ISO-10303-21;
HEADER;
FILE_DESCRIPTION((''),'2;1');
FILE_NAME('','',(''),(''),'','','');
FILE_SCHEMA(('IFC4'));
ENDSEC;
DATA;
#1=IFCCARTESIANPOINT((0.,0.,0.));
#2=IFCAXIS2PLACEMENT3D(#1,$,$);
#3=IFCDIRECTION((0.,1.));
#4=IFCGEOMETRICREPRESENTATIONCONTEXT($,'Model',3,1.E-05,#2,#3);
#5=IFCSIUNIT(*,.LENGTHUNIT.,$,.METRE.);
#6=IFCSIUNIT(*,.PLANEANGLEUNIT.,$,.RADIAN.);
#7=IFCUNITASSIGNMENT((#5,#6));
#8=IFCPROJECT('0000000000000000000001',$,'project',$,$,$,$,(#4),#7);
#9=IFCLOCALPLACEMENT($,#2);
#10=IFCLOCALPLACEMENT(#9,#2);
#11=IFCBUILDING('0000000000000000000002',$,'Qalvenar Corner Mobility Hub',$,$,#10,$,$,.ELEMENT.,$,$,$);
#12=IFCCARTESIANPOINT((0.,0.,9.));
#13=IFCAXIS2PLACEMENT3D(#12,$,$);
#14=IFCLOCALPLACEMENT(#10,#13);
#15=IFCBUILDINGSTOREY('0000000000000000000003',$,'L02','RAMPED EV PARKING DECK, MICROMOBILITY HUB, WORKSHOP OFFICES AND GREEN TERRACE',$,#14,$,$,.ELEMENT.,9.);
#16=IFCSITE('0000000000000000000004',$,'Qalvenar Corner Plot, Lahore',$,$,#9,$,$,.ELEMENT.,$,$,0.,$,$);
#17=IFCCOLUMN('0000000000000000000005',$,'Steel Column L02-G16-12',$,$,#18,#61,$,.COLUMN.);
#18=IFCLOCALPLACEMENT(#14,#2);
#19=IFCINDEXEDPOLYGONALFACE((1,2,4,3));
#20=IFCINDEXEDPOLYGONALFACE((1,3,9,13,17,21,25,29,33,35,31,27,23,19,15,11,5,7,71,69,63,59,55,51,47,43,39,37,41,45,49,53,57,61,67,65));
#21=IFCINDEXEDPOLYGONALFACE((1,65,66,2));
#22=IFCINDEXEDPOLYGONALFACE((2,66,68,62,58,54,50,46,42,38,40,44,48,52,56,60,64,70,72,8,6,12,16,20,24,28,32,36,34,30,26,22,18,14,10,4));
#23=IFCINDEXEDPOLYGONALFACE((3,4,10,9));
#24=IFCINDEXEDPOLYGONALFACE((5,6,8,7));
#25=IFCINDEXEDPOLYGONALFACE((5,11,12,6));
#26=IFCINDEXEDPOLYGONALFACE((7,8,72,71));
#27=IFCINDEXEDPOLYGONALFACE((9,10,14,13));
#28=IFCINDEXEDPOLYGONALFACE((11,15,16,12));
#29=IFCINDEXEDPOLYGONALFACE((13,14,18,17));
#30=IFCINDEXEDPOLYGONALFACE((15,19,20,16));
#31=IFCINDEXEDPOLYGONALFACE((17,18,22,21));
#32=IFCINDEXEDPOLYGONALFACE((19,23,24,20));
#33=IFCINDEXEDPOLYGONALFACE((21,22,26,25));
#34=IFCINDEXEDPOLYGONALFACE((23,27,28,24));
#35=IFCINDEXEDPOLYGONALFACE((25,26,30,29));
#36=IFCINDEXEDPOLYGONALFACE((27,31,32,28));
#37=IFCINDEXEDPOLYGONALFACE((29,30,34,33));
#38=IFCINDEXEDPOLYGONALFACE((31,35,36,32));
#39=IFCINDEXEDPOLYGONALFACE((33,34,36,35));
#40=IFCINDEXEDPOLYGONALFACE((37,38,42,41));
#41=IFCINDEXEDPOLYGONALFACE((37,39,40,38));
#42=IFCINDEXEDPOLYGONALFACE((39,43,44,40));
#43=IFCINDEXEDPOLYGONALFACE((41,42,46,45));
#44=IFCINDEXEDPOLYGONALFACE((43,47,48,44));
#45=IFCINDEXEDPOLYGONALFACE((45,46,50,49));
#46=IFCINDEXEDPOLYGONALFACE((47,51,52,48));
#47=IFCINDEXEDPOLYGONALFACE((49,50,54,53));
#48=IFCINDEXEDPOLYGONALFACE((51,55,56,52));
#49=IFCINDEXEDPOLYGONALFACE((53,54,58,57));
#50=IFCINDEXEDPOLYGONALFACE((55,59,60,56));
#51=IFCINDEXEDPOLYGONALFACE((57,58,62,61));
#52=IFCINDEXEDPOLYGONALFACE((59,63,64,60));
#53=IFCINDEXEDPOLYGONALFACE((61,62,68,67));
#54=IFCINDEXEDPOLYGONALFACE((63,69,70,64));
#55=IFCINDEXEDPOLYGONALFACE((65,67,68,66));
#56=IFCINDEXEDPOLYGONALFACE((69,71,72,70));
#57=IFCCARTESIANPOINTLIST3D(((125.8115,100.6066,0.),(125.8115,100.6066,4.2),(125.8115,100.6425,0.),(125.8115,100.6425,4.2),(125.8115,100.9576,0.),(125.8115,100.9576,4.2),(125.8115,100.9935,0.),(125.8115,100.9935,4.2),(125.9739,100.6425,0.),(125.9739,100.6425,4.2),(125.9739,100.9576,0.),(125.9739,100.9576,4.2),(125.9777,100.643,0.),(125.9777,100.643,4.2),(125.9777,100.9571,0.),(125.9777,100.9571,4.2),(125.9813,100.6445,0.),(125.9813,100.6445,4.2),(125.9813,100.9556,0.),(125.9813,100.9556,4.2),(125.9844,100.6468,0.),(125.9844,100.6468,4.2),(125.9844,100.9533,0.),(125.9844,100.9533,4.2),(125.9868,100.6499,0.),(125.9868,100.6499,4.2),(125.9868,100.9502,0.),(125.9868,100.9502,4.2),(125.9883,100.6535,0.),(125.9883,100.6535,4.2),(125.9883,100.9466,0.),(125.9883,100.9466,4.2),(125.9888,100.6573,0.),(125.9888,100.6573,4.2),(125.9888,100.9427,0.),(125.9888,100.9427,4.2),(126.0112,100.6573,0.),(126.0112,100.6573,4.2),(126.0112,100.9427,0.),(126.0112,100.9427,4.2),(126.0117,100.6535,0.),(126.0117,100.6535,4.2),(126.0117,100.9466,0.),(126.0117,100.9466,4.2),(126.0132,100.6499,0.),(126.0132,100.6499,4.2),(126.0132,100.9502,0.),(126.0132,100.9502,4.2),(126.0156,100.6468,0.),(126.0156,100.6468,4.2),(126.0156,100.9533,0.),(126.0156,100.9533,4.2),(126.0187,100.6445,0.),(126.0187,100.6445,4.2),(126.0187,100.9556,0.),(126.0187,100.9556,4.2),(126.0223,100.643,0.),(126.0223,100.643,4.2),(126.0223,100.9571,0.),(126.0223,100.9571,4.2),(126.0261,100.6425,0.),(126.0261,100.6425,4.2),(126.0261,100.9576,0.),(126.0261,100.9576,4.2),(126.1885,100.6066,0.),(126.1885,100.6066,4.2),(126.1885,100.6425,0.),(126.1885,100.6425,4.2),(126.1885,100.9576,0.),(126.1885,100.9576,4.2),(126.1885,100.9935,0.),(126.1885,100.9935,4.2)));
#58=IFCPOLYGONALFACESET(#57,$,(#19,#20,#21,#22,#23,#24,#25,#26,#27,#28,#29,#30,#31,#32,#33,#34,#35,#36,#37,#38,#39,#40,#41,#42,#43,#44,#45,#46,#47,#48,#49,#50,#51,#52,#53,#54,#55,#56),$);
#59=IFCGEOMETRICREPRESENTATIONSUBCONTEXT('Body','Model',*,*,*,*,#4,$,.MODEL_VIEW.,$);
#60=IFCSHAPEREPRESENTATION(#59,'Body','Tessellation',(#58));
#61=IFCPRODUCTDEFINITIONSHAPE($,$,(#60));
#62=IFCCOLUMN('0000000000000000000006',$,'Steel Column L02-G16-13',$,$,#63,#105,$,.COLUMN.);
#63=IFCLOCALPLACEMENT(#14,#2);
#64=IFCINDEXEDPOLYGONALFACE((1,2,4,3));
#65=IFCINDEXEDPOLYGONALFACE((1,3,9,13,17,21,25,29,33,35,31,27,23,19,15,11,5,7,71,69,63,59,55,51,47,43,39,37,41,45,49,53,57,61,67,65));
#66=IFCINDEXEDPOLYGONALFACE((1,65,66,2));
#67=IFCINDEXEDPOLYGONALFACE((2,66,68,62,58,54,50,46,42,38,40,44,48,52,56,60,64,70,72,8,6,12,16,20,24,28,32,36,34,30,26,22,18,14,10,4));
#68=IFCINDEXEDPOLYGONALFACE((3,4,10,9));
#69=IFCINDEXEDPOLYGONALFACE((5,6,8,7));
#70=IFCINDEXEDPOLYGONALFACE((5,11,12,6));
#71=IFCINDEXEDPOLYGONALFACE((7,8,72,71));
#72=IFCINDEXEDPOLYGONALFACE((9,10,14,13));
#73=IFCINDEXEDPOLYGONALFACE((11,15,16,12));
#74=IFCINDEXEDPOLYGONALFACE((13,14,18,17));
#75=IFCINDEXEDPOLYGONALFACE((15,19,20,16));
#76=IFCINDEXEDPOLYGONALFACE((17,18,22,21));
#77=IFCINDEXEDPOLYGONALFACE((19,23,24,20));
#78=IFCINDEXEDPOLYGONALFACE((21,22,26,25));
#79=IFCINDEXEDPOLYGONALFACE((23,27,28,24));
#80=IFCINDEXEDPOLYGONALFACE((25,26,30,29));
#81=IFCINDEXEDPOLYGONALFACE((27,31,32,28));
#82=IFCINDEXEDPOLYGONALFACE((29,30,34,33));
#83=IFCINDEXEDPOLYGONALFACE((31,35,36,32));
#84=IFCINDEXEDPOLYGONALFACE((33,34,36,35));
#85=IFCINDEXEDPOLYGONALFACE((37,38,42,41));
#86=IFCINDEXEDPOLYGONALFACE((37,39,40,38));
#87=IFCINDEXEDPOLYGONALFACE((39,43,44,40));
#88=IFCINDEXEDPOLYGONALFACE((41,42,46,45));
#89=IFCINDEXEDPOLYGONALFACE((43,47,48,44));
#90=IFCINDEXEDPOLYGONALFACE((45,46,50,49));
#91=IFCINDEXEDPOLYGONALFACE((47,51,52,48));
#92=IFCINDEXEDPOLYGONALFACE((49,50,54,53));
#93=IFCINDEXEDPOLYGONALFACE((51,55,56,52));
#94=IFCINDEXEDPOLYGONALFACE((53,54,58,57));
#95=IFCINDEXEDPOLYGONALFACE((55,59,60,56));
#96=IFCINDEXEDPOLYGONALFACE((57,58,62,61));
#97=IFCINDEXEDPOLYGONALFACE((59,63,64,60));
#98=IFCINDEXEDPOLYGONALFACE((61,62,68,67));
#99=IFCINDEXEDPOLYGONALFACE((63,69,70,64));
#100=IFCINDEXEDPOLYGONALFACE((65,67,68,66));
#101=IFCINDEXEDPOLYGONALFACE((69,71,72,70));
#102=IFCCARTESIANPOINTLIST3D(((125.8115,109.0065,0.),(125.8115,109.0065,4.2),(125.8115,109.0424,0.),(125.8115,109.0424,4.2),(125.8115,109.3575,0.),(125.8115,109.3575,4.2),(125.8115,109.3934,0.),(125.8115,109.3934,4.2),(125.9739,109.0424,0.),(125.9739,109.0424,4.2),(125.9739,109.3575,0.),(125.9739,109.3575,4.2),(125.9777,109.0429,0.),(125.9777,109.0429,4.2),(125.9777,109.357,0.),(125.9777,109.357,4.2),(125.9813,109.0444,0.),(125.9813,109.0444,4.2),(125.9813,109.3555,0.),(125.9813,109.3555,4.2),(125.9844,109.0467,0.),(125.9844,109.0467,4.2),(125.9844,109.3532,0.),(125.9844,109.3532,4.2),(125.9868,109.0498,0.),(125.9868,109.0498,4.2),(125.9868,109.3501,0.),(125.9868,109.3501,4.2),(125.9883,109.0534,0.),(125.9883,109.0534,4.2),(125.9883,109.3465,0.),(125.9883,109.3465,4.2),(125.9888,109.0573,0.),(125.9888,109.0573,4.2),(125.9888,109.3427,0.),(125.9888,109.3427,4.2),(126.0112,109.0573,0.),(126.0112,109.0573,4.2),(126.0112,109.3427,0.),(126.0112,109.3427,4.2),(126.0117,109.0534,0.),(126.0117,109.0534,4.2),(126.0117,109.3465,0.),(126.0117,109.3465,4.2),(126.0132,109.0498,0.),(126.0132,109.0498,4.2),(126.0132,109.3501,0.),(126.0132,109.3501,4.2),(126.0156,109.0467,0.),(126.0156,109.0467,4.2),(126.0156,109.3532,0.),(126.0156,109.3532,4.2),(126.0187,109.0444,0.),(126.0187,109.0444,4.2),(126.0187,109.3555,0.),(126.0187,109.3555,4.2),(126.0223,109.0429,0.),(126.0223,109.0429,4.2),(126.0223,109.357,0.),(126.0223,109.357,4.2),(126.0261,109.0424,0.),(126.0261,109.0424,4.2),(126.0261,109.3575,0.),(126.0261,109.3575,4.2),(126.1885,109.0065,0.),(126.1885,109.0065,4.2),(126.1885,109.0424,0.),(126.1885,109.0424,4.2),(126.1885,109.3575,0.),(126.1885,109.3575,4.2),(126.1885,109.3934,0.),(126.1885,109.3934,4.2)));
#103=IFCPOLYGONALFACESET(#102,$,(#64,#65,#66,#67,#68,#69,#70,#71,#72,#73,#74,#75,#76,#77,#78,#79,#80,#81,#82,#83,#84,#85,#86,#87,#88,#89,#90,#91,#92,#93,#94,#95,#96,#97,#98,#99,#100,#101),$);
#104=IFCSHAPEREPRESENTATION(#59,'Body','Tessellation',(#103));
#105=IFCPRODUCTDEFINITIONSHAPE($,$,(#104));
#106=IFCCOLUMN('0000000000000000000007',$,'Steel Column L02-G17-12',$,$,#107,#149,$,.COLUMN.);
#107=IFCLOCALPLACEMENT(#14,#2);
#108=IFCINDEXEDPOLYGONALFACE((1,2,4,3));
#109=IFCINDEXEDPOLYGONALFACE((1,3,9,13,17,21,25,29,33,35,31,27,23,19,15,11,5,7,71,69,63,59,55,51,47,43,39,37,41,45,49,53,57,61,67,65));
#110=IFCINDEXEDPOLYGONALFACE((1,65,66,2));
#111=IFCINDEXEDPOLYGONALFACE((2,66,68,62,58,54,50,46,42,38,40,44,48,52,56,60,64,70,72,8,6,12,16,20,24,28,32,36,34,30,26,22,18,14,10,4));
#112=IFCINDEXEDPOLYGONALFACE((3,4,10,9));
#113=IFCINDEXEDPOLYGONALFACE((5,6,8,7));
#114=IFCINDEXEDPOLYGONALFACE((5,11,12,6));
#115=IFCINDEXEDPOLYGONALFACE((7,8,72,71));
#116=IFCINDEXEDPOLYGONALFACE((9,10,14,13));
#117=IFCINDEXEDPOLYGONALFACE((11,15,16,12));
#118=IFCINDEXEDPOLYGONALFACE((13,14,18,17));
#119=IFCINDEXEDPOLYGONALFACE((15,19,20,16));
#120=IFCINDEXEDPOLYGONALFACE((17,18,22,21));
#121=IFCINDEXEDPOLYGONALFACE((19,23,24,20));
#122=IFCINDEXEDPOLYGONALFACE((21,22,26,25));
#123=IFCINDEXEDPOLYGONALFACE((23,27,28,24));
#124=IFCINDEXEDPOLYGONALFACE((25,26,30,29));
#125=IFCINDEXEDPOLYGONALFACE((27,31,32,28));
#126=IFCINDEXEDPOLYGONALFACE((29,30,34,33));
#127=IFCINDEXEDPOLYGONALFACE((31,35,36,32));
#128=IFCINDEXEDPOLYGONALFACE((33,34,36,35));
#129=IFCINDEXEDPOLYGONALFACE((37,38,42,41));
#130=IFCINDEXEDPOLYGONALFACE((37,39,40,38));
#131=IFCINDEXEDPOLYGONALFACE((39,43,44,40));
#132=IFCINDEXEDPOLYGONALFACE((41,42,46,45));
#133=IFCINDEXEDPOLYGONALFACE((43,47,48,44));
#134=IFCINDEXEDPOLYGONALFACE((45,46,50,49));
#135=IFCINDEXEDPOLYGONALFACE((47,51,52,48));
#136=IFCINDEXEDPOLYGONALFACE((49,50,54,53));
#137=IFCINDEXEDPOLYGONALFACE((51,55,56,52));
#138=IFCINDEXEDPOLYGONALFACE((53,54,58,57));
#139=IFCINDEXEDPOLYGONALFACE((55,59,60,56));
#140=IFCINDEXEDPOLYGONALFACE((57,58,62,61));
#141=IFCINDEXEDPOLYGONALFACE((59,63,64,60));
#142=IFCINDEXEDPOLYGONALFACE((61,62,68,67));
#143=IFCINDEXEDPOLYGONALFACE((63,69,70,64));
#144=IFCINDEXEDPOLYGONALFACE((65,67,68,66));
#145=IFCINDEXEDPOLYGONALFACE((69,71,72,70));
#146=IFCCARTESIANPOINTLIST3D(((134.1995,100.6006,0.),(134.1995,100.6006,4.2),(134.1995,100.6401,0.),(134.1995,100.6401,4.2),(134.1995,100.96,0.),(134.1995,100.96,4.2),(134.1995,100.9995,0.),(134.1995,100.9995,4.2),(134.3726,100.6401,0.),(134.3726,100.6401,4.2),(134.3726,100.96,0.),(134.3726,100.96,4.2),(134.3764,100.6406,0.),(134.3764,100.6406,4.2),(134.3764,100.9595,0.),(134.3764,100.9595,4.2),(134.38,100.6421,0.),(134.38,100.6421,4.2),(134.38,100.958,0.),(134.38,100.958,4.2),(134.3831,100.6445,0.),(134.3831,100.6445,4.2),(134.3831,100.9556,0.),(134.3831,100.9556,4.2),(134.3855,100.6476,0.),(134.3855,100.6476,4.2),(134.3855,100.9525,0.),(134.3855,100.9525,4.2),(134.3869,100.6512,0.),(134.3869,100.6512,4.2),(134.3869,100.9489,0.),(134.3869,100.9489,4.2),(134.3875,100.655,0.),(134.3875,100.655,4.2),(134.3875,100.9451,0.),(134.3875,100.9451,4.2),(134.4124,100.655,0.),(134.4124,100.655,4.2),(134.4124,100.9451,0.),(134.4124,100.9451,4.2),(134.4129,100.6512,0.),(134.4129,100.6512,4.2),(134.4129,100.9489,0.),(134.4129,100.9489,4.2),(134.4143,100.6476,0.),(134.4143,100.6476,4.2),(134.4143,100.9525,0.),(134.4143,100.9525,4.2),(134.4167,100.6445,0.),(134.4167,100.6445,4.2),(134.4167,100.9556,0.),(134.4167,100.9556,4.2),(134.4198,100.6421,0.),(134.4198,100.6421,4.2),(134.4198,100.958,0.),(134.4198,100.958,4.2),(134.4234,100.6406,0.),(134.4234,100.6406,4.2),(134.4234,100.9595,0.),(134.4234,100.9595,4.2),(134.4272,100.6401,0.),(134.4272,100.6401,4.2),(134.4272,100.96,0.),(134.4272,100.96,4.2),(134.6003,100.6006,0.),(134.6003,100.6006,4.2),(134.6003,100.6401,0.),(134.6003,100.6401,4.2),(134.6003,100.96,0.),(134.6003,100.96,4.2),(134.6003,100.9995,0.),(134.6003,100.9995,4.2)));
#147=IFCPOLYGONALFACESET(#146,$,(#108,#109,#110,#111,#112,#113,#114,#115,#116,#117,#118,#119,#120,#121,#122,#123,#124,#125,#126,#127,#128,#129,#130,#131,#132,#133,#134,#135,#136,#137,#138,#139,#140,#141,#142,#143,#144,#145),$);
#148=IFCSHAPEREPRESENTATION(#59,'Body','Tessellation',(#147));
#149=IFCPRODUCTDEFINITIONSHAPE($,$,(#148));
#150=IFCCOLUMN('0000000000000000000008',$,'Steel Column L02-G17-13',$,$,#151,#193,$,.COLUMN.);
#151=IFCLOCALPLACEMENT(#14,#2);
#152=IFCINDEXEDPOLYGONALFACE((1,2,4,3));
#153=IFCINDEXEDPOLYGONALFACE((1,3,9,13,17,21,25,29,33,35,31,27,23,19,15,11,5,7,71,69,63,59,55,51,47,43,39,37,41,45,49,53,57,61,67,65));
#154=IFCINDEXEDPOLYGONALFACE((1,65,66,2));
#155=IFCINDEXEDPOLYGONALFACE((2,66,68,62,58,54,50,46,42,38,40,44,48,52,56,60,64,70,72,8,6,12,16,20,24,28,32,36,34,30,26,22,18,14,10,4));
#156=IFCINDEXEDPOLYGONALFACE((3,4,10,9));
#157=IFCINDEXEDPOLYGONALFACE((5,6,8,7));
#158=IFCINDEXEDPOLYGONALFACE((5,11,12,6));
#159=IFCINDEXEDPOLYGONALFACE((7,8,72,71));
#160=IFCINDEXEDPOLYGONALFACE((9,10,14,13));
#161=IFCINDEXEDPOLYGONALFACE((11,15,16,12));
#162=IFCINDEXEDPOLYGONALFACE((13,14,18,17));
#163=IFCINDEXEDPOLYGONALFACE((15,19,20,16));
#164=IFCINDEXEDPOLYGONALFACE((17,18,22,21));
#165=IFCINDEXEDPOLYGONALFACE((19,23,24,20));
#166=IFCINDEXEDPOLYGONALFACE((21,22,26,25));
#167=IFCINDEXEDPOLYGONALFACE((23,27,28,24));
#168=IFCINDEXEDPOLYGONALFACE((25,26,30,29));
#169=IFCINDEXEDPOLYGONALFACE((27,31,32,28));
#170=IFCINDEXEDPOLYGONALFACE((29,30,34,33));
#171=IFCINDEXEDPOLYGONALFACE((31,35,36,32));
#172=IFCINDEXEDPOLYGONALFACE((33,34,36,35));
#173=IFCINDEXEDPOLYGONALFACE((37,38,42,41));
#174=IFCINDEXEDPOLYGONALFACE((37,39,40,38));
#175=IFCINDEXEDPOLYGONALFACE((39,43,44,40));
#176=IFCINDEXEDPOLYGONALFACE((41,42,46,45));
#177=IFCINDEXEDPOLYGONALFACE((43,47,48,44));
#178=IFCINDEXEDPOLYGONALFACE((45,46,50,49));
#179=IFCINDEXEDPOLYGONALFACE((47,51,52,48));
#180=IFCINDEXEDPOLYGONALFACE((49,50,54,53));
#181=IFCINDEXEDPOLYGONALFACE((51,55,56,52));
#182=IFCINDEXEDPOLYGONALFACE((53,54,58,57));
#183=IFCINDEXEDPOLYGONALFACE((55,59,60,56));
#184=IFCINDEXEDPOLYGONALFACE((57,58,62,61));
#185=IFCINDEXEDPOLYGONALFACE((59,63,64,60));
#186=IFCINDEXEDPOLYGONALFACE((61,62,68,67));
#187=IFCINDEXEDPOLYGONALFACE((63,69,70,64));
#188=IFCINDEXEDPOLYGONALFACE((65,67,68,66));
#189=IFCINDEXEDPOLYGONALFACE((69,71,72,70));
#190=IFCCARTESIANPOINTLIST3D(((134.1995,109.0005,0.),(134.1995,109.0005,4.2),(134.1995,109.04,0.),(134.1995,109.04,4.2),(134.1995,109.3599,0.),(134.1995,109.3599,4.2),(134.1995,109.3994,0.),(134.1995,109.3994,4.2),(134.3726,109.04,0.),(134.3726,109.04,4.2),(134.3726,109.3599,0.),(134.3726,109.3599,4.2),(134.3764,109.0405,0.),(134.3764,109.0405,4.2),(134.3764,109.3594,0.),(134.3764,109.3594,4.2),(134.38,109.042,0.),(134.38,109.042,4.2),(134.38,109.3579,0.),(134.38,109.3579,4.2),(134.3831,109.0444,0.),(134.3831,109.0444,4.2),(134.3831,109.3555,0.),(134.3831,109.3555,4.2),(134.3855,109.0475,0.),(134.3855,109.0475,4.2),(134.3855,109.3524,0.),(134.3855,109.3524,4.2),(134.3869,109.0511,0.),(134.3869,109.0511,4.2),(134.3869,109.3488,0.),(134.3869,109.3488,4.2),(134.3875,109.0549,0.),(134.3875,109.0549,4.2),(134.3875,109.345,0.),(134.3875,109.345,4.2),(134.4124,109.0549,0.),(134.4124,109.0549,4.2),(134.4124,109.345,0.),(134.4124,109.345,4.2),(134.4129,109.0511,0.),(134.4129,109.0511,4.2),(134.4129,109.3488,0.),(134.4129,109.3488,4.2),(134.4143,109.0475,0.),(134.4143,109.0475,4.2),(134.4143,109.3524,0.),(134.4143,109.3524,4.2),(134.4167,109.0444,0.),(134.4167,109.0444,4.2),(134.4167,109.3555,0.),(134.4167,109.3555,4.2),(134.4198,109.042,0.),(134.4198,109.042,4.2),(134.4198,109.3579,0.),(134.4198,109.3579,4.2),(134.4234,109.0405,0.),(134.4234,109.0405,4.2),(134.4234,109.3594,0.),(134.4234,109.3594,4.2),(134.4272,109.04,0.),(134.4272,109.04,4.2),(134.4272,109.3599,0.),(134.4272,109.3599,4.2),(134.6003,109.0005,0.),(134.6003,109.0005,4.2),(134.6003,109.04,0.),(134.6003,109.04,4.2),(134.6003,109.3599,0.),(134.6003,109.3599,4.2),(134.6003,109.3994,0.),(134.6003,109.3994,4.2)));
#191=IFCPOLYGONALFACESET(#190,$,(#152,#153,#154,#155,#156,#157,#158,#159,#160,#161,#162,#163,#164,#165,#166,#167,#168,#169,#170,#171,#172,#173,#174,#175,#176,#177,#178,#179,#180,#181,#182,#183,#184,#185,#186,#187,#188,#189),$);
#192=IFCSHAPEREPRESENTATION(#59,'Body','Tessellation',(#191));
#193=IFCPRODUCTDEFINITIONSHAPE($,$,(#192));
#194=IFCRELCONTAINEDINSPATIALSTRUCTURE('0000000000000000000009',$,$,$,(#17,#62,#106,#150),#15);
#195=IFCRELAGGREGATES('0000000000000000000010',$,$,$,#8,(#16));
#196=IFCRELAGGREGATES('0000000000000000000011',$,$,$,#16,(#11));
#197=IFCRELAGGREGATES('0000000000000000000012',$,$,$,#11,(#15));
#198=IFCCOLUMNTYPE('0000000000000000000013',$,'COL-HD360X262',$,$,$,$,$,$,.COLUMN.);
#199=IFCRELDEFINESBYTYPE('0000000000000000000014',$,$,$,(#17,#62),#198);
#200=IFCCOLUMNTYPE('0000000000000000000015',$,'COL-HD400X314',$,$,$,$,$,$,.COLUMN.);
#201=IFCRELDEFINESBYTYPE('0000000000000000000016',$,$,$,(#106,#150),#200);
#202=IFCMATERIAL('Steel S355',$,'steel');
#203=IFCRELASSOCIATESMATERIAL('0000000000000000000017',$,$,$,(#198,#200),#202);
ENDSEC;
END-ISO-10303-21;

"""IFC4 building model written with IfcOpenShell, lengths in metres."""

from ifc_helpers import new_model, si_unit, direction, frame, origin, origin_2d, place, context, subcontext, project, spatial, i_section, extrude, material, material_profile, profile_set, type_object, element, save


model = new_model("IFC4")

# Units and contexts
model_context = context("Model", 3, precision=1e-05, world=origin(), true_north=direction((0.0, 1.0)))
body_context = subcontext(model_context, "Body", "Model", "MODEL_VIEW")
ifc_project = project(units=[si_unit("LENGTHUNIT", "METRE"), si_unit("PLANEANGLEUNIT", "RADIAN")], contexts=[model_context])

# Site, building, storey
site_placement = place(None, origin())
site = spatial("IfcSite", under=ifc_project, at=site_placement, Name="Qalvenar Corner Plot, Lahore", CompositionType="ELEMENT", RefElevation=0.0)
building_placement = place(site_placement, origin())
building = spatial("IfcBuilding", under=site, at=building_placement, Name="Qalvenar Corner Mobility Hub", CompositionType="ELEMENT")
storey_placement = place(building_placement, frame((0.0, 0.0, 9.0)))
storey = spatial("IfcBuildingStorey", under=building, at=storey_placement, Name="L02", Description="RAMPED EV PARKING DECK, MICROMOBILITY HUB, WORKSHOP OFFICES AND GREEN TERRACE", CompositionType="ELEMENT", Elevation=9.0)

# Columns
ifc_material_1 = material(Name="Steel S355", Category="steel")
ifc_material_profile_1 = material_profile(ifc_material_1, i_section(OverallWidth=0.377, OverallDepth=0.387, WebThickness=0.0225, FlangeThickness=0.0359, FilletRadius=0.0149, at=origin_2d()), Name="HD360x262")
ifc_profile_set_1 = profile_set([ifc_material_profile_1], Name="Steel S355")
column_type_1 = type_object("IfcColumnType", Name="COL-HD360X262", PredefinedType="COLUMN", material=ifc_profile_set_1)
for number, where, z_axis, x_axis, name in (
    (1, (126.0, 100.8, 0.0), (0.0, 0.0, 1.0), (1.0, 0.0, 0.0), "Steel Column L02-G16-12"),
    (2, (126.0, 109.2, 0.0), (0.0, 0.0, 1.0), (1.0, 0.0, 0.0), "Steel Column L02-G16-13"),
):
    element("IfcColumn", number, at=place(storey_placement, frame(where, z_axis=z_axis, x_axis=x_axis)), inside=storey, type_object=column_type_1, Name=name, PredefinedType="COLUMN", context=body_context, shape_type="SweptSolid", body=[
        extrude(i_section(OverallWidth=0.377, OverallDepth=0.387, WebThickness=0.0225, FlangeThickness=0.0359, FilletRadius=0.0149, at=origin_2d()), origin(), (0.0, 0.0, 1.0), 4.2),
    ])
ifc_material_profile_2 = material_profile(ifc_material_1, i_section(OverallWidth=0.4009, OverallDepth=0.3989, WebThickness=0.0249, FlangeThickness=0.0396, FilletRadius=0.0149, at=origin_2d()), Name="HD400x314")
ifc_profile_set_2 = profile_set([ifc_material_profile_2], Name="Steel S355")
column_type_2 = type_object("IfcColumnType", Name="COL-HD400X314", PredefinedType="COLUMN", material=ifc_profile_set_2)
for number, where, z_axis, x_axis, name in (
    (3, (134.3999, 100.8, 0.0), (0.0, 0.0, 1.0), (1.0, 0.0, 0.0), "Steel Column L02-G17-12"),
    (4, (134.3999, 109.2, 0.0), (0.0, 0.0, 1.0), (1.0, 0.0, 0.0), "Steel Column L02-G17-13"),
):
    element("IfcColumn", number, at=place(storey_placement, frame(where, z_axis=z_axis, x_axis=x_axis)), inside=storey, type_object=column_type_2, Name=name, PredefinedType="COLUMN", context=body_context, shape_type="SweptSolid", body=[
        extrude(i_section(OverallWidth=0.4009, OverallDepth=0.3989, WebThickness=0.0249, FlangeThickness=0.0396, FilletRadius=0.0149, at=origin_2d()), origin(), (0.0, 0.0, 1.0), 4.2),
    ])

save(model, "model.ifc")
